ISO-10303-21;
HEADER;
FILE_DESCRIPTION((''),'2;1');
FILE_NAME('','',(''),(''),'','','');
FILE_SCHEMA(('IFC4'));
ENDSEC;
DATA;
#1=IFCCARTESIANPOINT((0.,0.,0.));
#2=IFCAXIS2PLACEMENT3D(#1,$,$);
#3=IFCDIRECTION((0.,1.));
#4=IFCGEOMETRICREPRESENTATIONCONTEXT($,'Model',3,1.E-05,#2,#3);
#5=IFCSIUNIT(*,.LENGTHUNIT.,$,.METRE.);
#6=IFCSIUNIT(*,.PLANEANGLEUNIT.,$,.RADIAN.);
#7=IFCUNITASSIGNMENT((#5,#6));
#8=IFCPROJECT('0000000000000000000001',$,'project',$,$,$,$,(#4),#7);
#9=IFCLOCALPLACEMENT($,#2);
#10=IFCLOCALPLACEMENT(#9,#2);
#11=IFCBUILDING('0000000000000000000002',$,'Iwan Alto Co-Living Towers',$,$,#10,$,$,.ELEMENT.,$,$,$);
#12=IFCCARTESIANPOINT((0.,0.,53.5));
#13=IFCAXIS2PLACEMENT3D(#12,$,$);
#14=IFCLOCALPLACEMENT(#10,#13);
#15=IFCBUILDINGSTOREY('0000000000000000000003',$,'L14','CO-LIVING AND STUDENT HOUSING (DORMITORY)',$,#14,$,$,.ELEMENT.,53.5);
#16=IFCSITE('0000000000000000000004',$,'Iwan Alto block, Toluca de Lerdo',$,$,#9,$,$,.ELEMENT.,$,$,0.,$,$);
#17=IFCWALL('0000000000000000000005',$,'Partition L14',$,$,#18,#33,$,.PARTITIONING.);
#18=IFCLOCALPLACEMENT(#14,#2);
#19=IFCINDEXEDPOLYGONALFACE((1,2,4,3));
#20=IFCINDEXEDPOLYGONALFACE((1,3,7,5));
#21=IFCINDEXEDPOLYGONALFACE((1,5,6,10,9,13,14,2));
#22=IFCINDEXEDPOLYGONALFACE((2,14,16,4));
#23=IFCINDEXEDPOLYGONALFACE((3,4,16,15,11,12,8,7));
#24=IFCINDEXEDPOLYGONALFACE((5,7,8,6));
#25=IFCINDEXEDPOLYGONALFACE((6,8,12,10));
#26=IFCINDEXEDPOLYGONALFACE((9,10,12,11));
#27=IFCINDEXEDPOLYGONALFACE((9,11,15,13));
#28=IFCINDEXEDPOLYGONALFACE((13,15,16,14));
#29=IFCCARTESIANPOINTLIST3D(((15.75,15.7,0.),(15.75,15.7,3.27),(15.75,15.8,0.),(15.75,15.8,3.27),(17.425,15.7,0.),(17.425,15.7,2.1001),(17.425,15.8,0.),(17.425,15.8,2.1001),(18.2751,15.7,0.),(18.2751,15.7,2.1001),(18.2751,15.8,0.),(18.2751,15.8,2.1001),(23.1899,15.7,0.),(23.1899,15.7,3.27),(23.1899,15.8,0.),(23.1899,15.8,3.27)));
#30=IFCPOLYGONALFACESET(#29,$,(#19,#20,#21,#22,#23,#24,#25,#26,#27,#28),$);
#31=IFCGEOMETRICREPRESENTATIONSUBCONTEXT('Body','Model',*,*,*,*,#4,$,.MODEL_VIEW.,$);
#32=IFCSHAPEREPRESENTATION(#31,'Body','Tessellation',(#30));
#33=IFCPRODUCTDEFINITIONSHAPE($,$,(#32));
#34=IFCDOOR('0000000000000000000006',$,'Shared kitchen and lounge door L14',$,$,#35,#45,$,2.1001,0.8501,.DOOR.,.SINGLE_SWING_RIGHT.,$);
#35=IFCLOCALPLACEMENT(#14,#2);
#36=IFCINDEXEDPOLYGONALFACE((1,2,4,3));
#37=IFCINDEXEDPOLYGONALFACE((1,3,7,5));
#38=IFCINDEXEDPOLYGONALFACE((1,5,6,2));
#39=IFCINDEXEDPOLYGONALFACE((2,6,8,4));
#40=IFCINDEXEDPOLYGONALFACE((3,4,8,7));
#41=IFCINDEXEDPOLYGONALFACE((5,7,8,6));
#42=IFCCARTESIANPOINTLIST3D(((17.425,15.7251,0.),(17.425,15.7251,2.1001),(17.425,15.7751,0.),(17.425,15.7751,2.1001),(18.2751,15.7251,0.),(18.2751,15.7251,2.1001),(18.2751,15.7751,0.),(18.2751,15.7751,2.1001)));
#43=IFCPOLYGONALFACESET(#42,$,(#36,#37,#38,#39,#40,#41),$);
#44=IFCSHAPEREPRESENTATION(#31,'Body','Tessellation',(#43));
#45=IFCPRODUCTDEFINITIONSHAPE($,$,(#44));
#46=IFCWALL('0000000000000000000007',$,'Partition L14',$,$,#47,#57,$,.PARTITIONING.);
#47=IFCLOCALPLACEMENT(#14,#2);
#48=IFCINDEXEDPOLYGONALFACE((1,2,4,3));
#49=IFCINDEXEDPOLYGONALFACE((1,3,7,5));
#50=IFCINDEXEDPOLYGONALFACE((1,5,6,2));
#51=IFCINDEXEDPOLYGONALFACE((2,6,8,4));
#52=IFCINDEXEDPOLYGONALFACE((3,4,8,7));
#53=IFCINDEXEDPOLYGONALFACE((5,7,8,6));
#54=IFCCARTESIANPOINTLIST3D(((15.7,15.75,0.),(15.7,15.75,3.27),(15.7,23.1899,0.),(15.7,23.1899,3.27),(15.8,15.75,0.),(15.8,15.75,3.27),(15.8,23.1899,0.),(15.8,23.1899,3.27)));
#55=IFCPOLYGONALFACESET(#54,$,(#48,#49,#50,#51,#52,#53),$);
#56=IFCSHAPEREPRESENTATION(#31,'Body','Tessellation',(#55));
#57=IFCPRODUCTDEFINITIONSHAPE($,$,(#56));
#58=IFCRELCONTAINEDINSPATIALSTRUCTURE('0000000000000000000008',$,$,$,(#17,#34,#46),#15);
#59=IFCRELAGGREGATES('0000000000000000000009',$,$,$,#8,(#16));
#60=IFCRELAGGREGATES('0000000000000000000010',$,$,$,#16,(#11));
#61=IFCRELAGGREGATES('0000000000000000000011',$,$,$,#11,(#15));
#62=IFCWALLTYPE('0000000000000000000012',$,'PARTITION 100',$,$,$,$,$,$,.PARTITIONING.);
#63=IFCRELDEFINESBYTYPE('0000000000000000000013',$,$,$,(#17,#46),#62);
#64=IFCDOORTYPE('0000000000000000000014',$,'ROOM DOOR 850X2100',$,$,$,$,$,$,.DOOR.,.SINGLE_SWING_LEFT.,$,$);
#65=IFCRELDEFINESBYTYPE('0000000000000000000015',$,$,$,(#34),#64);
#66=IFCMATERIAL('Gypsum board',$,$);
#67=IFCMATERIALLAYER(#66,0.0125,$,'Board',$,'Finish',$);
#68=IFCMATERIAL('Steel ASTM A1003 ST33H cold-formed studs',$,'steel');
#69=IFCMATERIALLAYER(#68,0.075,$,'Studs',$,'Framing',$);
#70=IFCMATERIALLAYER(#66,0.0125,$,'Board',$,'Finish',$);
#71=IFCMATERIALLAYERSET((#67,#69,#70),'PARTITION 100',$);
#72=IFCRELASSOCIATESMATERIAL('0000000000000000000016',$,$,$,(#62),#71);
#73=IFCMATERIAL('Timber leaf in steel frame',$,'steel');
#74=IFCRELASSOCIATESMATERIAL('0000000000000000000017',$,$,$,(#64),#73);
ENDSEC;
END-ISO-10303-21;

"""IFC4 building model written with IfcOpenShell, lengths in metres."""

from ifc_helpers import new_model, si_unit, direction, frame, frame_2d, origin, place, context, subcontext, project, spatial, rectangle, extrude, material, layer, layer_set, type_object, element, fill, save


model = new_model("IFC4")

# Units and contexts
model_context = context("Model", 3, precision=1e-05, world=origin(), true_north=direction((0.0, 1.0)))
body_context = subcontext(model_context, "Body", "Model", "MODEL_VIEW")
ifc_project = project(units=[si_unit("LENGTHUNIT", "METRE"), si_unit("PLANEANGLEUNIT", "RADIAN")], contexts=[model_context])

# Site, building, storey
site_placement = place(None, origin())
site = spatial("IfcSite", under=ifc_project, at=site_placement, Name="Iwan Alto block, Toluca de Lerdo", CompositionType="ELEMENT", RefElevation=0.0)
building_placement = place(site_placement, origin())
building = spatial("IfcBuilding", under=site, at=building_placement, Name="Iwan Alto Co-Living Towers", CompositionType="ELEMENT")
storey_placement = place(building_placement, frame((0.0, 0.0, 53.5)))
storey = spatial("IfcBuildingStorey", under=building, at=storey_placement, Name="L14", Description="CO-LIVING AND STUDENT HOUSING (DORMITORY)", CompositionType="ELEMENT", Elevation=53.5)

# Wall, opening, door
ifc_material_1 = material(Name="Gypsum board")
ifc_layer_1 = layer(ifc_material_1, 0.0125, Name="Board", Category="Finish")
ifc_material_2 = material(Name="Steel ASTM A1003 ST33H cold-formed studs", Category="steel")
ifc_layer_2 = layer(ifc_material_2, 0.075, Name="Studs", Category="Framing")
ifc_layer_3 = layer(ifc_material_1, 0.0125, Name="Board", Category="Finish")
ifc_layer_set_1 = layer_set([ifc_layer_1, ifc_layer_2, ifc_layer_3], Name="PARTITION 100")
wall_type = type_object("IfcWallType", Name="PARTITION 100", PredefinedType="PARTITIONING", material=ifc_layer_set_1)
wall_1_placement = place(storey_placement, frame((15.75, 15.75, 0.0), z_axis=(0.0, 0.0, 1.0), x_axis=(1.0, 0.0, 0.0)))
wall_1 = element("IfcWall", 1, at=wall_1_placement, inside=storey, type_object=wall_type, Name="Partition L14", PredefinedType="PARTITIONING", context=body_context, shape_type="SweptSolid", body=[
    extrude(rectangle(XDim=7.4399, YDim=0.1001, at=frame_2d((3.72, 0.0))), origin(), (0.0, 0.0, 1.0), 3.27),
])
opening_placement = place(wall_1_placement, frame((1.675, 0.0, 0.0)))
opening = element("IfcOpeningElement", 2, at=opening_placement, cuts=wall_1, PredefinedType="OPENING", context=body_context, shape_type="SweptSolid", body=[
    extrude(rectangle(XDim=0.8501, YDim=2.1001, at=frame_2d((0.425, 1.05))), frame((0.0, 0.0601, 0.0), z_axis=(0.0, -1.0, 0.0), x_axis=(1.0, 0.0, 0.0)), (0.0, 0.0, 1.0), 0.1201),
])
ifc_material_3 = material(Name="Timber leaf in steel frame", Category="steel")
door_type = type_object("IfcDoorType", Name="ROOM DOOR 850X2100", OperationType="SINGLE_SWING_LEFT", PredefinedType="DOOR", material=ifc_material_3)
door_placement = place(opening_placement, frame((0.8501, 0.0, 0.0), z_axis=(0.0, 0.0, 1.0), x_axis=(-1.0, 0.0, 0.0)))
door = element("IfcDoor", 3, at=door_placement, inside=storey, type_object=door_type, Name="Shared kitchen and lounge door L14", OperationType="SINGLE_SWING_RIGHT", OverallHeight=2.1001, OverallWidth=0.8501, PredefinedType="DOOR", context=body_context, shape_type="SweptSolid", body=[
    extrude(rectangle(XDim=0.8501, YDim=2.1001, at=frame_2d((0.425, 1.05))), frame((0.0, 0.0249, 0.0), z_axis=(0.0, -1.0, 0.0), x_axis=(1.0, 0.0, 0.0)), (0.0, 0.0, 1.0), 0.05),
])
fill(opening, door)

# Wall
wall_2_placement = place(storey_placement, frame((15.75, 15.75, 0.0), z_axis=(0.0, 0.0, 1.0), x_axis=(0.0, 1.0, 0.0)))
element("IfcWall", 4, at=wall_2_placement, inside=storey, type_object=wall_type, Name="Partition L14", PredefinedType="PARTITIONING", context=body_context, shape_type="SweptSolid", body=[
    extrude(rectangle(XDim=7.4399, YDim=0.1001, at=frame_2d((3.72, 0.0))), origin(), (0.0, 0.0, 1.0), 3.27),
])

save(model, "model.ifc")
